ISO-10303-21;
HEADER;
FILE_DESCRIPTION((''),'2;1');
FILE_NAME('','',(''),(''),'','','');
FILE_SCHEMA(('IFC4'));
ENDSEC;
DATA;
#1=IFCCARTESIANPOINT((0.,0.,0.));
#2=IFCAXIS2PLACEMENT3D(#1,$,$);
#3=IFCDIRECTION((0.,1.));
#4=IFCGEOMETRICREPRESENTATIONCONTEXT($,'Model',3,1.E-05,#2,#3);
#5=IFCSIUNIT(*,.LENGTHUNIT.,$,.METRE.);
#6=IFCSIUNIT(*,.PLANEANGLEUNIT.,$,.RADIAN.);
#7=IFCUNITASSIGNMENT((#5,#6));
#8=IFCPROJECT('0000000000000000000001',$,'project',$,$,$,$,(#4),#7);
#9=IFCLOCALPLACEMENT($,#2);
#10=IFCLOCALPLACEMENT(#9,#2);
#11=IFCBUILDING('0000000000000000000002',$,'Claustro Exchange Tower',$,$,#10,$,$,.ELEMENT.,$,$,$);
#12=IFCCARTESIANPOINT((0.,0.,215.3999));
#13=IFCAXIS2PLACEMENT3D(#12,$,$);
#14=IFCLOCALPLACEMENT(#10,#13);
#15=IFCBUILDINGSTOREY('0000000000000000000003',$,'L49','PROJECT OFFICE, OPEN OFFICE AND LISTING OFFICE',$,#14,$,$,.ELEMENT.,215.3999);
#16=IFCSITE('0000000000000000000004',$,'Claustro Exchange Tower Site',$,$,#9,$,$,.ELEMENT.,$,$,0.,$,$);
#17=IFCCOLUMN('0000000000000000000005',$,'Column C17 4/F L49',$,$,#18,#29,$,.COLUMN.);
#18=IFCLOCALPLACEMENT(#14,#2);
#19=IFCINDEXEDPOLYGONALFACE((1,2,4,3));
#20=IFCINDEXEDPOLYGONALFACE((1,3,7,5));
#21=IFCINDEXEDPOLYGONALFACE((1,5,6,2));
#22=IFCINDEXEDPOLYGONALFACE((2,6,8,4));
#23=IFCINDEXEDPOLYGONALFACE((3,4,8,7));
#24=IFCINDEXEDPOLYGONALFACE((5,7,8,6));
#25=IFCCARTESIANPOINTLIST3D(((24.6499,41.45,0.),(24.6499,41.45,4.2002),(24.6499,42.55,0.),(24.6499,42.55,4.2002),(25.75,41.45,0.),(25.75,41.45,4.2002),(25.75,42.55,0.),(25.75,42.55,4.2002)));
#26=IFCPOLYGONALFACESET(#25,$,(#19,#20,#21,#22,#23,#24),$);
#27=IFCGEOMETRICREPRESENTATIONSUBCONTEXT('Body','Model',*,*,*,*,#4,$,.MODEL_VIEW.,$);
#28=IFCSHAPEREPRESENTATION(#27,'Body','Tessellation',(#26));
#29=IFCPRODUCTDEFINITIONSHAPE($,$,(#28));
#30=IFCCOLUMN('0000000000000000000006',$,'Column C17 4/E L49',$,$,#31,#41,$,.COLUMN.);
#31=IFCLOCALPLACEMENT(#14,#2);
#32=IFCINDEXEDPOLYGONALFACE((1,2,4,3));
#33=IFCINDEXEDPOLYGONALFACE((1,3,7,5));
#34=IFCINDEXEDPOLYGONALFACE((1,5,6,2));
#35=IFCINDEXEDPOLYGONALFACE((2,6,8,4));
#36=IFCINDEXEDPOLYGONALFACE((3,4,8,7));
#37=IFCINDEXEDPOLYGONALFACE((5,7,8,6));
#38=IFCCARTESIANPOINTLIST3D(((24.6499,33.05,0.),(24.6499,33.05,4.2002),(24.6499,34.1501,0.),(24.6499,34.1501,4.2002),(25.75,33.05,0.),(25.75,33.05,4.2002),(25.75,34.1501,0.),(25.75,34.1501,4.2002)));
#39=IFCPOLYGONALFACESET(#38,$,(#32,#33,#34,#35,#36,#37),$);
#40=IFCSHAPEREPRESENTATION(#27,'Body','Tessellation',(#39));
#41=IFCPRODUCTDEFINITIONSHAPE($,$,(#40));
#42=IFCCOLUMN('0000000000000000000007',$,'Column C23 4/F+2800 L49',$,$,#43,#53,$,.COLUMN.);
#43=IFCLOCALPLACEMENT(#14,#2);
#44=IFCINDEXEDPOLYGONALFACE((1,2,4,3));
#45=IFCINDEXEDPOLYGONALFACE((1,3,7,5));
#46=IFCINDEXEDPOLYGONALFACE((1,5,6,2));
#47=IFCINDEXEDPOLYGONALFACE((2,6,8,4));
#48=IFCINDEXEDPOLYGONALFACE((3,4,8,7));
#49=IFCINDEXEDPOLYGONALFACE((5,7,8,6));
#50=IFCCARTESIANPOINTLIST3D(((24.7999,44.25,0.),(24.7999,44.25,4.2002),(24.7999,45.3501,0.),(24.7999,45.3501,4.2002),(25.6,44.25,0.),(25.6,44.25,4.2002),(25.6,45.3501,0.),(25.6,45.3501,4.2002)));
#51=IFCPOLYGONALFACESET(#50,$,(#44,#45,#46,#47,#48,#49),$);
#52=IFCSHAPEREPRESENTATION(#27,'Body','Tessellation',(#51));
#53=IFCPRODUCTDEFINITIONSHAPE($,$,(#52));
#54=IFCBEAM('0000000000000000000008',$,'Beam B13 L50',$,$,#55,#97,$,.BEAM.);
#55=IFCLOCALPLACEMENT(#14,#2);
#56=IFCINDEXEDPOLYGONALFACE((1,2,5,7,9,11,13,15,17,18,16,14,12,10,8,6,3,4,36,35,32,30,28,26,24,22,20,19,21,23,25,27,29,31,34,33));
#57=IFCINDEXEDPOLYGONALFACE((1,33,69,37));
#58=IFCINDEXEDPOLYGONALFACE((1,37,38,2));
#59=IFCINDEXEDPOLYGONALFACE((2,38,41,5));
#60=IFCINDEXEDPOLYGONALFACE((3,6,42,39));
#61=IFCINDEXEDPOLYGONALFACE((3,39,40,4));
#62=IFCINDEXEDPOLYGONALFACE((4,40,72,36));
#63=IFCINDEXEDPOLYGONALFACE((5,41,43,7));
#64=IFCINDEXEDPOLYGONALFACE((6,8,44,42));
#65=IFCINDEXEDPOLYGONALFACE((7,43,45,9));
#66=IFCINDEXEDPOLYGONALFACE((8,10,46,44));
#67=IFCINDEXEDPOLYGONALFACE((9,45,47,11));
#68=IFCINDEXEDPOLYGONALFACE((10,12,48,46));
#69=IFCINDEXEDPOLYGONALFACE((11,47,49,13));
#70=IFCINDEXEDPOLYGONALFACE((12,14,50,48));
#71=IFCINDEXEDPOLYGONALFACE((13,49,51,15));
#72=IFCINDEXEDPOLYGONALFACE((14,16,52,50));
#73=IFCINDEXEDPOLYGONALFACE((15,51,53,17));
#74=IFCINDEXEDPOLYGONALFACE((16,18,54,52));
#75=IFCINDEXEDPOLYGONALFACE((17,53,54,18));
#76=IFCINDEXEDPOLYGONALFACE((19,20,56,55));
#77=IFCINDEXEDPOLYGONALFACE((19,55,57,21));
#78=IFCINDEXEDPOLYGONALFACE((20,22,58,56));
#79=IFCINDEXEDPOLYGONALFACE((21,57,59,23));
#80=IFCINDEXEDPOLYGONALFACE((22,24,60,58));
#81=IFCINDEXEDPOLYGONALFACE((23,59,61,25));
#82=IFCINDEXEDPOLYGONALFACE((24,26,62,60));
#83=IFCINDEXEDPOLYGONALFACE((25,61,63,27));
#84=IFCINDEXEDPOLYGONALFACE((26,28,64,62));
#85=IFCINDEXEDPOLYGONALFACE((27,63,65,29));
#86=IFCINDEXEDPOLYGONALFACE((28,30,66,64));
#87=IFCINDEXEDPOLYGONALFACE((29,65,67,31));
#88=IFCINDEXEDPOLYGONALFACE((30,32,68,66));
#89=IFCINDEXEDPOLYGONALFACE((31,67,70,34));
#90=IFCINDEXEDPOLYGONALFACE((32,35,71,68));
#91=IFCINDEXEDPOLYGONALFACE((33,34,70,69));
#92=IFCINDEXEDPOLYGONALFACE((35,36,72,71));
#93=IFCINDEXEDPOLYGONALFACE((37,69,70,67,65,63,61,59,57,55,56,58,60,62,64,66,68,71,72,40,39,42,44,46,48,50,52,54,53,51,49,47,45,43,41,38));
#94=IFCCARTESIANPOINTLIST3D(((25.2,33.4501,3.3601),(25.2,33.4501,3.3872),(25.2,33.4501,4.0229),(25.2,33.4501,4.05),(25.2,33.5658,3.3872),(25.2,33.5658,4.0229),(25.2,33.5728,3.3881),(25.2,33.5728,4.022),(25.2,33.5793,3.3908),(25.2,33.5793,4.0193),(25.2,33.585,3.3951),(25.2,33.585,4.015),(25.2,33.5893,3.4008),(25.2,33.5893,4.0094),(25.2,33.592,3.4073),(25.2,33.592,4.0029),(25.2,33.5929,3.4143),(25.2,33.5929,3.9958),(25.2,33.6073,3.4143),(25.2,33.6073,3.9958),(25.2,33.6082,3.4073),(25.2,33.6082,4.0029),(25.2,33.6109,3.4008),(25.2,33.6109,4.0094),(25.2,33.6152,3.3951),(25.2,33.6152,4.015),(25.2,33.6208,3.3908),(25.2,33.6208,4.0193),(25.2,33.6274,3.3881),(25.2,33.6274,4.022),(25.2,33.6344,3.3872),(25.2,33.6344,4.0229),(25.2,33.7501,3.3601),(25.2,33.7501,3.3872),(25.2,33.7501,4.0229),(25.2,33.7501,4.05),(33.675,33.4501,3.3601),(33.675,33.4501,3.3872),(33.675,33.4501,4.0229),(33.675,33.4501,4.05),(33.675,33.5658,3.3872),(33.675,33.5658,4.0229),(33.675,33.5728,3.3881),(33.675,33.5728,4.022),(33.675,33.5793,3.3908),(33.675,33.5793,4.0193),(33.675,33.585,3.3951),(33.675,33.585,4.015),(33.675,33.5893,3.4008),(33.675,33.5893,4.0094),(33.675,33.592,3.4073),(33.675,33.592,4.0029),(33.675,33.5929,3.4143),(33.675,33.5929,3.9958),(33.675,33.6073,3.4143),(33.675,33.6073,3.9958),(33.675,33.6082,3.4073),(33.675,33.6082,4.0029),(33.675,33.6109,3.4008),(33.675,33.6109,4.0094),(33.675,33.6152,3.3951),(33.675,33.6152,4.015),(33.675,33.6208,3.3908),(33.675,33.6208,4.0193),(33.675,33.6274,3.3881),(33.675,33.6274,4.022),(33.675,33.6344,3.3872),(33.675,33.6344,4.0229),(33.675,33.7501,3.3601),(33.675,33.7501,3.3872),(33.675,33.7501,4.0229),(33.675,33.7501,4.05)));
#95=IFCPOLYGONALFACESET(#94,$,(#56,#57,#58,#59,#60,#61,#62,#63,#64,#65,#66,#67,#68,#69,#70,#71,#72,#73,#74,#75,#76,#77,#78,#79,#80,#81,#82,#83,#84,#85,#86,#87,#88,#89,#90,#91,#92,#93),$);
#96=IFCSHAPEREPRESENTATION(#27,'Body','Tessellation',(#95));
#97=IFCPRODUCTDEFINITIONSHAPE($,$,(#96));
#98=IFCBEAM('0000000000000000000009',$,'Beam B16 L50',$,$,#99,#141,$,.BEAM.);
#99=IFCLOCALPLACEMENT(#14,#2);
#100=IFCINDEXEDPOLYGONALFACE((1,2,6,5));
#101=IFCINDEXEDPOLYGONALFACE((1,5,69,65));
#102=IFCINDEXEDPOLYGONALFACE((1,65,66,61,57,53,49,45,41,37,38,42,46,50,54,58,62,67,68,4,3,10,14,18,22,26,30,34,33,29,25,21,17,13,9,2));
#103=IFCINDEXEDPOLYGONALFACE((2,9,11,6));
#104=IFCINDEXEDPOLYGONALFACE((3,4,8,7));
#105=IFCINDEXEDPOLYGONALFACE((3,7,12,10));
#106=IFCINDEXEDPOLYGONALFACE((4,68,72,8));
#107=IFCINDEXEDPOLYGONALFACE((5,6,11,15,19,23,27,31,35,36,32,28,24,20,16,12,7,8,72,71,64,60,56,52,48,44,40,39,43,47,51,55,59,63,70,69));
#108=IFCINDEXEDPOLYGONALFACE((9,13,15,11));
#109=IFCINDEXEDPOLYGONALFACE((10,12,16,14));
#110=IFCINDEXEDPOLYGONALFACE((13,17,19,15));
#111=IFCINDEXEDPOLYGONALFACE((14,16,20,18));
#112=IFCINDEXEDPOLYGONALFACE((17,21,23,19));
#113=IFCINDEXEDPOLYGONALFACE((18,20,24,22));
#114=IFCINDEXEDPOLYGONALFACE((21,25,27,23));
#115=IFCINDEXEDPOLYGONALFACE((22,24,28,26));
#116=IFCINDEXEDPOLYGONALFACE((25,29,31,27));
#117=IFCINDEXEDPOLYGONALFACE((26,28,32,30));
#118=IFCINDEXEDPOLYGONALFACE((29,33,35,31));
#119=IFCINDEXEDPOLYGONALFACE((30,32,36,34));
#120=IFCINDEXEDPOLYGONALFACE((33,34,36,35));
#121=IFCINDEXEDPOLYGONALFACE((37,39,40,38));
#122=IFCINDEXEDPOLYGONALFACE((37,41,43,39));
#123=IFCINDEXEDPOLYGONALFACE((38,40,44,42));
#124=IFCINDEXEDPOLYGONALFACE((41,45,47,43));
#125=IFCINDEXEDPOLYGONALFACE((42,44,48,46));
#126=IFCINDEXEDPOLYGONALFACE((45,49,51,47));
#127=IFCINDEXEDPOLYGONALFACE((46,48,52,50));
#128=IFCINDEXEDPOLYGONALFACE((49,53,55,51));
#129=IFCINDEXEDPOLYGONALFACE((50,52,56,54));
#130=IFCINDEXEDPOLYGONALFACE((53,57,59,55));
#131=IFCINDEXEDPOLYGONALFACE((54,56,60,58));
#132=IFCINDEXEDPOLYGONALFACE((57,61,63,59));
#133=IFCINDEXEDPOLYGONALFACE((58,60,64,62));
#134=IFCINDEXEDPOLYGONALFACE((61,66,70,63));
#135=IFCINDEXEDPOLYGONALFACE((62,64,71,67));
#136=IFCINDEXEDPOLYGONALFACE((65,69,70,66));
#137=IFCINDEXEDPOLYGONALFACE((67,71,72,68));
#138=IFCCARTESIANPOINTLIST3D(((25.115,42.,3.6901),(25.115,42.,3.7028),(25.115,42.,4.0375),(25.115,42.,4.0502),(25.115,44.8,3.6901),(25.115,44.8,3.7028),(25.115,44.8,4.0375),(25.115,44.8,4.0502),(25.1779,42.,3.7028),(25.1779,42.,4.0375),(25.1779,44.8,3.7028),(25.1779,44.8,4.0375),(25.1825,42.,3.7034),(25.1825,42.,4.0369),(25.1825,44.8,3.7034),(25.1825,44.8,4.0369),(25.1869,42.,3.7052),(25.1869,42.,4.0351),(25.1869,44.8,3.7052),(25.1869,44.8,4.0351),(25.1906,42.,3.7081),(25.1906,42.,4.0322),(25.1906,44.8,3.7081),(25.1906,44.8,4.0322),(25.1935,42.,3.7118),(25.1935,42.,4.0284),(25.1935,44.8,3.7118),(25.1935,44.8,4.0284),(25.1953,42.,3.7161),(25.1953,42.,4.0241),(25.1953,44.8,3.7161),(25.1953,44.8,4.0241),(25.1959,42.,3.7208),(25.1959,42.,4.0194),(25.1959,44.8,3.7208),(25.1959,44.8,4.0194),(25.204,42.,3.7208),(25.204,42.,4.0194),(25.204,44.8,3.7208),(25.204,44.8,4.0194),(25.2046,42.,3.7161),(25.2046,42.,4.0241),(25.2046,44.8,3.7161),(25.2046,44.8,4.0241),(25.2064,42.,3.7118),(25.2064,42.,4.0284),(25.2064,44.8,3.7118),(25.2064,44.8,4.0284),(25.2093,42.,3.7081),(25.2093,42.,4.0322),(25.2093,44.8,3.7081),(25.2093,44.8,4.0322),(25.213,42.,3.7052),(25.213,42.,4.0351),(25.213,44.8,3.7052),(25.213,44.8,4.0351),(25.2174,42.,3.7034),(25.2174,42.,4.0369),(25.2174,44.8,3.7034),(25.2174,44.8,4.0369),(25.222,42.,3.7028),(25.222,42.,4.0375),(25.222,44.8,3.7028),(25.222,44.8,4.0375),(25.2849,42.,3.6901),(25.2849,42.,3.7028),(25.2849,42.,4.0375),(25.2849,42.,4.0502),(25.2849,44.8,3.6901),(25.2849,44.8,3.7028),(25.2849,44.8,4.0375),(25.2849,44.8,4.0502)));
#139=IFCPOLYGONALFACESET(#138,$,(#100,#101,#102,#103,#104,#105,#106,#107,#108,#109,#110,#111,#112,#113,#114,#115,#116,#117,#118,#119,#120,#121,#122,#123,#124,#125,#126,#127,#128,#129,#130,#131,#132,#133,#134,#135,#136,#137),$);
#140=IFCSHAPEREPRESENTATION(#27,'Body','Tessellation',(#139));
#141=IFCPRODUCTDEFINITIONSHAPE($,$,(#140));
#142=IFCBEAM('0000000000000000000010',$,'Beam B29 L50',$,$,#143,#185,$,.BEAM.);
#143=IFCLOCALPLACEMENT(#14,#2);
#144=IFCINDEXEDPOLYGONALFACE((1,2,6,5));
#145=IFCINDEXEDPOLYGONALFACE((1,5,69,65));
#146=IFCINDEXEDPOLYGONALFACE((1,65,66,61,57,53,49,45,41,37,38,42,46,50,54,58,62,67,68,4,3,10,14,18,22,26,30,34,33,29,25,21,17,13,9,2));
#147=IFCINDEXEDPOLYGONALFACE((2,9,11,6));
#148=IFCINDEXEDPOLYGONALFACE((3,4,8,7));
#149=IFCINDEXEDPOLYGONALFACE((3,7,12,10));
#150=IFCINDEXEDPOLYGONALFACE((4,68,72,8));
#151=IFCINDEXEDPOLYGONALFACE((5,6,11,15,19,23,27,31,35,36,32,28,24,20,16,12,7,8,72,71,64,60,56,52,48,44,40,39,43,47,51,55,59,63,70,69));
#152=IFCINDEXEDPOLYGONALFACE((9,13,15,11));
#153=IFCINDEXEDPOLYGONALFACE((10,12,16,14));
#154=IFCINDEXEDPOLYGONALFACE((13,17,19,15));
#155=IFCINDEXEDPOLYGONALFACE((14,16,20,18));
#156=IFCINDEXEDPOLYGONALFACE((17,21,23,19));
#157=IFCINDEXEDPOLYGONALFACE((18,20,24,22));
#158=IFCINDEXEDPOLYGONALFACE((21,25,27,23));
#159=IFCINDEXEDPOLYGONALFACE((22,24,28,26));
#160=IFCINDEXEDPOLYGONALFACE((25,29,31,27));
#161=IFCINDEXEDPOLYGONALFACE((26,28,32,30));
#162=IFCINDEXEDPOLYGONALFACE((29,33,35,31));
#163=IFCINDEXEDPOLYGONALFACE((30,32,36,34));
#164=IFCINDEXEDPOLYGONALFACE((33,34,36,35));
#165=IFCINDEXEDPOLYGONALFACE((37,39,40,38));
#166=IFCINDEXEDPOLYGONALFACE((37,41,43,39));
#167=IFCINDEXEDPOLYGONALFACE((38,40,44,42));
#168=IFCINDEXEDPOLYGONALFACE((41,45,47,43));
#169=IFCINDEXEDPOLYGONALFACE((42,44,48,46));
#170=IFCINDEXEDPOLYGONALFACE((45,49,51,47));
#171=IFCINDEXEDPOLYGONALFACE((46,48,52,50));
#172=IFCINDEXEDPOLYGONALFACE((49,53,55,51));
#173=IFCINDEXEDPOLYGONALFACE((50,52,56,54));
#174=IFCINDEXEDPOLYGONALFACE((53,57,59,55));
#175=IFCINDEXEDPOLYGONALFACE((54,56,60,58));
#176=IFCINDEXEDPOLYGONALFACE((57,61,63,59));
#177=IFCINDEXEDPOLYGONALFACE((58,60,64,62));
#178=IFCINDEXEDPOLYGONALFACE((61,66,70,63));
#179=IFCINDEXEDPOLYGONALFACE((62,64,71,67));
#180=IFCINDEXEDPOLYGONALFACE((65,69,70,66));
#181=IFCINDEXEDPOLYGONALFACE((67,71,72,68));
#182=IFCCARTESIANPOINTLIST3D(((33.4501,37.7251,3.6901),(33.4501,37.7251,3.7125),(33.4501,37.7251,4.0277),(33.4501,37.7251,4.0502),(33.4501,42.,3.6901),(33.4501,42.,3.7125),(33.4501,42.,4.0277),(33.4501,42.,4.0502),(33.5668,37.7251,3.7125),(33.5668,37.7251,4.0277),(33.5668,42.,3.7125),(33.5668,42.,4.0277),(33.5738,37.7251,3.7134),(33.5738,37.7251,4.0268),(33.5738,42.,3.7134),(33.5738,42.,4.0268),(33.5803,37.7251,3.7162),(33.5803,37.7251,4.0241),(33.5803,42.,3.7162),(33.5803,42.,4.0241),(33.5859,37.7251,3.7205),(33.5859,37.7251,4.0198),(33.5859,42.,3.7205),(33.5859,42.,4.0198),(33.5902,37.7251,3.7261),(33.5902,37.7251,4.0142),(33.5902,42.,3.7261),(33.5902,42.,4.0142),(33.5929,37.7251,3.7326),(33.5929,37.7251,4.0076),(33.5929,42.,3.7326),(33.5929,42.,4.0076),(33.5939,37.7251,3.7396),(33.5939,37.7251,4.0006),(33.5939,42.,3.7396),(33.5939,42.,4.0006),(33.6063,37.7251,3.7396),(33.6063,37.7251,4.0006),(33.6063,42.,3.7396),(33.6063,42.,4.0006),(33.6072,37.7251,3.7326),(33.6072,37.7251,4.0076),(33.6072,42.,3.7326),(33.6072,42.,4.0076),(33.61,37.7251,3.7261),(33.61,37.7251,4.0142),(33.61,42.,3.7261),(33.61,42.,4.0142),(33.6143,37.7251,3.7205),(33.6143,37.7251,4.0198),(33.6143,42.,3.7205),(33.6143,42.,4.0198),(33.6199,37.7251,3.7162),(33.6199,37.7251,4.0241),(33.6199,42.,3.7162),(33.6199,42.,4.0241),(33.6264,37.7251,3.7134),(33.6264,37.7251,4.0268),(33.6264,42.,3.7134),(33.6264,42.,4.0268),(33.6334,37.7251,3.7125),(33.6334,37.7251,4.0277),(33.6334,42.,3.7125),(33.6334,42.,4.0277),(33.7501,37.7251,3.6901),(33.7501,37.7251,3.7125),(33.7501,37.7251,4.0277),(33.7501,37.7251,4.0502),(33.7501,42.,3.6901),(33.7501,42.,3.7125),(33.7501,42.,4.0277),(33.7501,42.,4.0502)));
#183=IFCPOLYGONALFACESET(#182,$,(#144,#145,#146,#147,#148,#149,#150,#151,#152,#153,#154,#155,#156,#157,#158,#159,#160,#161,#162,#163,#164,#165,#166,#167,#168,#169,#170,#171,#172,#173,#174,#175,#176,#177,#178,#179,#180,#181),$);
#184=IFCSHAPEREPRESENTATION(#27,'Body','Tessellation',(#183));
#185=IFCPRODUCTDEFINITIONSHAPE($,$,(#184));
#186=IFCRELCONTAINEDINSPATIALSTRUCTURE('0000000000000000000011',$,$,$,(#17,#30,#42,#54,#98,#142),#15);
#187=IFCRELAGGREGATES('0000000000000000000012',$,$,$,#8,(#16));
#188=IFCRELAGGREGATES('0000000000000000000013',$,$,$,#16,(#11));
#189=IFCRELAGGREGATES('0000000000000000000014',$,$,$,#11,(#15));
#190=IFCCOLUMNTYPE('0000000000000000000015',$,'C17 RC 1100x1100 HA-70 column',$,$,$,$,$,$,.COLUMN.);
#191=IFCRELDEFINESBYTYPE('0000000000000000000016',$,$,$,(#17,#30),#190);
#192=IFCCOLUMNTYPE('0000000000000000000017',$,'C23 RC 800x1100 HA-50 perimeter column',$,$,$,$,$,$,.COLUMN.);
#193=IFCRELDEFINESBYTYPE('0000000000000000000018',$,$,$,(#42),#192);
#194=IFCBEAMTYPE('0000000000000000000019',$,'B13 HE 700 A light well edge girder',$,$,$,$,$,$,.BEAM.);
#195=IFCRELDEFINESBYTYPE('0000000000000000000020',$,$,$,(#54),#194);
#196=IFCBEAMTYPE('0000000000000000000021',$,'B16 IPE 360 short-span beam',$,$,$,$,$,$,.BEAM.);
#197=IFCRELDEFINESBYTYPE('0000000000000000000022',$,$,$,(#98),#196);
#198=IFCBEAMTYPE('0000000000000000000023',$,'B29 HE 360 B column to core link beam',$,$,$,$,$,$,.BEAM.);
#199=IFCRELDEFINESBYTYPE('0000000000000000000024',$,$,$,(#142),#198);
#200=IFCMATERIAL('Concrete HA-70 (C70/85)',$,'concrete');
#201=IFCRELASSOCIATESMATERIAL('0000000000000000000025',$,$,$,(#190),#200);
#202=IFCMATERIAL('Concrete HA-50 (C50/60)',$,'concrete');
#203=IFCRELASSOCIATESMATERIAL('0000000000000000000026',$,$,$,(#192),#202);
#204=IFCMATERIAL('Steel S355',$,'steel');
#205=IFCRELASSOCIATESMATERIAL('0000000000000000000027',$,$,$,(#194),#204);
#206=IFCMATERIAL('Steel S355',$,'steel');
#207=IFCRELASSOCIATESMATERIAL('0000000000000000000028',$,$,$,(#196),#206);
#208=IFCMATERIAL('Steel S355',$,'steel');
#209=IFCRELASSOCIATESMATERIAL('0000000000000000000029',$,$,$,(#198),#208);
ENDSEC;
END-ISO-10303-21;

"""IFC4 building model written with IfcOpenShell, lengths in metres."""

from ifc_helpers import new_model, si_unit, direction, frame, origin, origin_2d, place, context, subcontext, project, spatial, rectangle, i_section, extrude, material, material_profile, profile_set, type_object, element, save


model = new_model("IFC4")

# Units and contexts
model_context = context("Model", 3, precision=1e-05, world=origin(), true_north=direction((0.0, 1.0)))
body_context = subcontext(model_context, "Body", "Model", "MODEL_VIEW")
ifc_project = project(units=[si_unit("LENGTHUNIT", "METRE"), si_unit("PLANEANGLEUNIT", "RADIAN")], contexts=[model_context])

# Site, building, storey
site_placement = place(None, origin())
site = spatial("IfcSite", under=ifc_project, at=site_placement, Name="Claustro Exchange Tower Site", CompositionType="ELEMENT", RefElevation=0.0)
building_placement = place(site_placement, origin())
building = spatial("IfcBuilding", under=site, at=building_placement, Name="Claustro Exchange Tower", CompositionType="ELEMENT")
storey_placement = place(building_placement, frame((0.0, 0.0, 215.3999)))
storey = spatial("IfcBuildingStorey", under=building, at=storey_placement, Name="L49", Description="PROJECT OFFICE, OPEN OFFICE AND LISTING OFFICE", CompositionType="ELEMENT", Elevation=215.3999)

# Columns
ifc_material_1 = material(Name="Concrete HA-70 (C70/85)", Category="concrete")
ifc_material_profile_1 = material_profile(ifc_material_1, rectangle(XDim=1.1001, YDim=1.1001, at=origin_2d()), Name="RC 1100x1100")
ifc_profile_set_1 = profile_set([ifc_material_profile_1], Name="Concrete HA-70 (C70/85)")
column_type_1 = type_object("IfcColumnType", Name="C17 RC 1100x1100 HA-70 column", PredefinedType="COLUMN", material=ifc_profile_set_1)
for number, where, z_axis, x_axis, name in (
    (1, (25.2, 42.0, 0.0), (0.0, 0.0, 1.0), (1.0, 0.0, 0.0), "Column C17 4/F L49"),
    (2, (25.2, 33.6001, 0.0), (0.0, 0.0, 1.0), (1.0, 0.0, 0.0), "Column C17 4/E L49"),
):
    element("IfcColumn", number, at=place(storey_placement, frame(where, z_axis=z_axis, x_axis=x_axis)), inside=storey, type_object=column_type_1, Name=name, PredefinedType="COLUMN", context=body_context, shape_type="SweptSolid", body=[
        extrude(rectangle(XDim=1.1001, YDim=1.1001, at=origin_2d()), origin(), (0.0, 0.0, 1.0), 4.2002),
    ])
ifc_material_2 = material(Name="Concrete HA-50 (C50/60)", Category="concrete")
ifc_material_profile_2 = material_profile(ifc_material_2, rectangle(XDim=0.8, YDim=1.1001, at=origin_2d()), Name="RC 800x1100")
ifc_profile_set_2 = profile_set([ifc_material_profile_2], Name="Concrete HA-50 (C50/60)")
column_type_2 = type_object("IfcColumnType", Name="C23 RC 800x1100 HA-50 perimeter column", PredefinedType="COLUMN", material=ifc_profile_set_2)
column_placement = place(storey_placement, frame((25.2, 44.8, 0.0), z_axis=(0.0, 0.0, 1.0), x_axis=(1.0, 0.0, 0.0)))
element("IfcColumn", 3, at=column_placement, inside=storey, type_object=column_type_2, Name="Column C23 4/F+2800 L49", PredefinedType="COLUMN", context=body_context, shape_type="SweptSolid", body=[
    extrude(rectangle(XDim=0.8, YDim=1.1001, at=origin_2d()), origin(), (0.0, 0.0, 1.0), 4.2002),
])

# Beams
ifc_material_3 = material(Name="Steel S355", Category="steel")
ifc_material_profile_3 = material_profile(ifc_material_3, i_section(OverallWidth=0.3, OverallDepth=0.6899, WebThickness=0.0144, FlangeThickness=0.0271, FilletRadius=0.0271, at=origin_2d()), Name="HE 700 A")
ifc_profile_set_3 = profile_set([ifc_material_profile_3], Name="Steel S355")
beam_type_1 = type_object("IfcBeamType", Name="B13 HE 700 A light well edge girder", PredefinedType="BEAM", material=ifc_profile_set_3)
beam_1_placement = place(storey_placement, frame((25.2, 33.6001, 3.7051), z_axis=(1.0, 0.0, 0.0), x_axis=(0.0, 1.0, 0.0)))
element("IfcBeam", 4, at=beam_1_placement, inside=storey, type_object=beam_type_1, Name="Beam B13 L50", PredefinedType="BEAM", context=body_context, shape_type="SweptSolid", body=[
    extrude(i_section(OverallWidth=0.3, OverallDepth=0.6899, WebThickness=0.0144, FlangeThickness=0.0271, FilletRadius=0.0271, at=origin_2d()), origin(), (0.0, 0.0, 1.0), 8.4751),
])
ifc_material_4 = material(Name="Steel S355", Category="steel")
ifc_material_profile_4 = material_profile(ifc_material_4, i_section(OverallWidth=0.1699, OverallDepth=0.3601, WebThickness=0.0081, FlangeThickness=0.0127, FilletRadius=0.0181, at=origin_2d()), Name="IPE 360")
ifc_profile_set_4 = profile_set([ifc_material_profile_4], Name="Steel S355")
beam_type_2 = type_object("IfcBeamType", Name="B16 IPE 360 short-span beam", PredefinedType="BEAM", material=ifc_profile_set_4)
beam_2_placement = place(storey_placement, frame((25.2, 42.0, 3.8701), z_axis=(0.0, 1.0, 0.0), x_axis=(-1.0, 0.0, 0.0)))
element("IfcBeam", 5, at=beam_2_placement, inside=storey, type_object=beam_type_2, Name="Beam B16 L50", PredefinedType="BEAM", context=body_context, shape_type="SweptSolid", body=[
    extrude(i_section(OverallWidth=0.1699, OverallDepth=0.3601, WebThickness=0.0081, FlangeThickness=0.0127, FilletRadius=0.0181, at=origin_2d()), origin(), (0.0, 0.0, 1.0), 2.8),
])
ifc_material_5 = material(Name="Steel S355", Category="steel")
ifc_material_profile_5 = material_profile(ifc_material_5, i_section(OverallWidth=0.3, OverallDepth=0.3601, WebThickness=0.0125, FlangeThickness=0.0225, FilletRadius=0.0271, at=origin_2d()), Name="HE 360 B")
ifc_profile_set_5 = profile_set([ifc_material_profile_5], Name="Steel S355")
beam_type_3 = type_object("IfcBeamType", Name="B29 HE 360 B column to core link beam", PredefinedType="BEAM", material=ifc_profile_set_5)
beam_3_placement = place(storey_placement, frame((33.6001, 37.7251, 3.8701), z_axis=(0.0, 1.0, 0.0), x_axis=(-1.0, 0.0, 0.0)))
element("IfcBeam", 6, at=beam_3_placement, inside=storey, type_object=beam_type_3, Name="Beam B29 L50", PredefinedType="BEAM", context=body_context, shape_type="SweptSolid", body=[
    extrude(i_section(OverallWidth=0.3, OverallDepth=0.3601, WebThickness=0.0125, FlangeThickness=0.0225, FilletRadius=0.0271, at=origin_2d()), origin(), (0.0, 0.0, 1.0), 4.2749),
])

save(model, "model.ifc")
